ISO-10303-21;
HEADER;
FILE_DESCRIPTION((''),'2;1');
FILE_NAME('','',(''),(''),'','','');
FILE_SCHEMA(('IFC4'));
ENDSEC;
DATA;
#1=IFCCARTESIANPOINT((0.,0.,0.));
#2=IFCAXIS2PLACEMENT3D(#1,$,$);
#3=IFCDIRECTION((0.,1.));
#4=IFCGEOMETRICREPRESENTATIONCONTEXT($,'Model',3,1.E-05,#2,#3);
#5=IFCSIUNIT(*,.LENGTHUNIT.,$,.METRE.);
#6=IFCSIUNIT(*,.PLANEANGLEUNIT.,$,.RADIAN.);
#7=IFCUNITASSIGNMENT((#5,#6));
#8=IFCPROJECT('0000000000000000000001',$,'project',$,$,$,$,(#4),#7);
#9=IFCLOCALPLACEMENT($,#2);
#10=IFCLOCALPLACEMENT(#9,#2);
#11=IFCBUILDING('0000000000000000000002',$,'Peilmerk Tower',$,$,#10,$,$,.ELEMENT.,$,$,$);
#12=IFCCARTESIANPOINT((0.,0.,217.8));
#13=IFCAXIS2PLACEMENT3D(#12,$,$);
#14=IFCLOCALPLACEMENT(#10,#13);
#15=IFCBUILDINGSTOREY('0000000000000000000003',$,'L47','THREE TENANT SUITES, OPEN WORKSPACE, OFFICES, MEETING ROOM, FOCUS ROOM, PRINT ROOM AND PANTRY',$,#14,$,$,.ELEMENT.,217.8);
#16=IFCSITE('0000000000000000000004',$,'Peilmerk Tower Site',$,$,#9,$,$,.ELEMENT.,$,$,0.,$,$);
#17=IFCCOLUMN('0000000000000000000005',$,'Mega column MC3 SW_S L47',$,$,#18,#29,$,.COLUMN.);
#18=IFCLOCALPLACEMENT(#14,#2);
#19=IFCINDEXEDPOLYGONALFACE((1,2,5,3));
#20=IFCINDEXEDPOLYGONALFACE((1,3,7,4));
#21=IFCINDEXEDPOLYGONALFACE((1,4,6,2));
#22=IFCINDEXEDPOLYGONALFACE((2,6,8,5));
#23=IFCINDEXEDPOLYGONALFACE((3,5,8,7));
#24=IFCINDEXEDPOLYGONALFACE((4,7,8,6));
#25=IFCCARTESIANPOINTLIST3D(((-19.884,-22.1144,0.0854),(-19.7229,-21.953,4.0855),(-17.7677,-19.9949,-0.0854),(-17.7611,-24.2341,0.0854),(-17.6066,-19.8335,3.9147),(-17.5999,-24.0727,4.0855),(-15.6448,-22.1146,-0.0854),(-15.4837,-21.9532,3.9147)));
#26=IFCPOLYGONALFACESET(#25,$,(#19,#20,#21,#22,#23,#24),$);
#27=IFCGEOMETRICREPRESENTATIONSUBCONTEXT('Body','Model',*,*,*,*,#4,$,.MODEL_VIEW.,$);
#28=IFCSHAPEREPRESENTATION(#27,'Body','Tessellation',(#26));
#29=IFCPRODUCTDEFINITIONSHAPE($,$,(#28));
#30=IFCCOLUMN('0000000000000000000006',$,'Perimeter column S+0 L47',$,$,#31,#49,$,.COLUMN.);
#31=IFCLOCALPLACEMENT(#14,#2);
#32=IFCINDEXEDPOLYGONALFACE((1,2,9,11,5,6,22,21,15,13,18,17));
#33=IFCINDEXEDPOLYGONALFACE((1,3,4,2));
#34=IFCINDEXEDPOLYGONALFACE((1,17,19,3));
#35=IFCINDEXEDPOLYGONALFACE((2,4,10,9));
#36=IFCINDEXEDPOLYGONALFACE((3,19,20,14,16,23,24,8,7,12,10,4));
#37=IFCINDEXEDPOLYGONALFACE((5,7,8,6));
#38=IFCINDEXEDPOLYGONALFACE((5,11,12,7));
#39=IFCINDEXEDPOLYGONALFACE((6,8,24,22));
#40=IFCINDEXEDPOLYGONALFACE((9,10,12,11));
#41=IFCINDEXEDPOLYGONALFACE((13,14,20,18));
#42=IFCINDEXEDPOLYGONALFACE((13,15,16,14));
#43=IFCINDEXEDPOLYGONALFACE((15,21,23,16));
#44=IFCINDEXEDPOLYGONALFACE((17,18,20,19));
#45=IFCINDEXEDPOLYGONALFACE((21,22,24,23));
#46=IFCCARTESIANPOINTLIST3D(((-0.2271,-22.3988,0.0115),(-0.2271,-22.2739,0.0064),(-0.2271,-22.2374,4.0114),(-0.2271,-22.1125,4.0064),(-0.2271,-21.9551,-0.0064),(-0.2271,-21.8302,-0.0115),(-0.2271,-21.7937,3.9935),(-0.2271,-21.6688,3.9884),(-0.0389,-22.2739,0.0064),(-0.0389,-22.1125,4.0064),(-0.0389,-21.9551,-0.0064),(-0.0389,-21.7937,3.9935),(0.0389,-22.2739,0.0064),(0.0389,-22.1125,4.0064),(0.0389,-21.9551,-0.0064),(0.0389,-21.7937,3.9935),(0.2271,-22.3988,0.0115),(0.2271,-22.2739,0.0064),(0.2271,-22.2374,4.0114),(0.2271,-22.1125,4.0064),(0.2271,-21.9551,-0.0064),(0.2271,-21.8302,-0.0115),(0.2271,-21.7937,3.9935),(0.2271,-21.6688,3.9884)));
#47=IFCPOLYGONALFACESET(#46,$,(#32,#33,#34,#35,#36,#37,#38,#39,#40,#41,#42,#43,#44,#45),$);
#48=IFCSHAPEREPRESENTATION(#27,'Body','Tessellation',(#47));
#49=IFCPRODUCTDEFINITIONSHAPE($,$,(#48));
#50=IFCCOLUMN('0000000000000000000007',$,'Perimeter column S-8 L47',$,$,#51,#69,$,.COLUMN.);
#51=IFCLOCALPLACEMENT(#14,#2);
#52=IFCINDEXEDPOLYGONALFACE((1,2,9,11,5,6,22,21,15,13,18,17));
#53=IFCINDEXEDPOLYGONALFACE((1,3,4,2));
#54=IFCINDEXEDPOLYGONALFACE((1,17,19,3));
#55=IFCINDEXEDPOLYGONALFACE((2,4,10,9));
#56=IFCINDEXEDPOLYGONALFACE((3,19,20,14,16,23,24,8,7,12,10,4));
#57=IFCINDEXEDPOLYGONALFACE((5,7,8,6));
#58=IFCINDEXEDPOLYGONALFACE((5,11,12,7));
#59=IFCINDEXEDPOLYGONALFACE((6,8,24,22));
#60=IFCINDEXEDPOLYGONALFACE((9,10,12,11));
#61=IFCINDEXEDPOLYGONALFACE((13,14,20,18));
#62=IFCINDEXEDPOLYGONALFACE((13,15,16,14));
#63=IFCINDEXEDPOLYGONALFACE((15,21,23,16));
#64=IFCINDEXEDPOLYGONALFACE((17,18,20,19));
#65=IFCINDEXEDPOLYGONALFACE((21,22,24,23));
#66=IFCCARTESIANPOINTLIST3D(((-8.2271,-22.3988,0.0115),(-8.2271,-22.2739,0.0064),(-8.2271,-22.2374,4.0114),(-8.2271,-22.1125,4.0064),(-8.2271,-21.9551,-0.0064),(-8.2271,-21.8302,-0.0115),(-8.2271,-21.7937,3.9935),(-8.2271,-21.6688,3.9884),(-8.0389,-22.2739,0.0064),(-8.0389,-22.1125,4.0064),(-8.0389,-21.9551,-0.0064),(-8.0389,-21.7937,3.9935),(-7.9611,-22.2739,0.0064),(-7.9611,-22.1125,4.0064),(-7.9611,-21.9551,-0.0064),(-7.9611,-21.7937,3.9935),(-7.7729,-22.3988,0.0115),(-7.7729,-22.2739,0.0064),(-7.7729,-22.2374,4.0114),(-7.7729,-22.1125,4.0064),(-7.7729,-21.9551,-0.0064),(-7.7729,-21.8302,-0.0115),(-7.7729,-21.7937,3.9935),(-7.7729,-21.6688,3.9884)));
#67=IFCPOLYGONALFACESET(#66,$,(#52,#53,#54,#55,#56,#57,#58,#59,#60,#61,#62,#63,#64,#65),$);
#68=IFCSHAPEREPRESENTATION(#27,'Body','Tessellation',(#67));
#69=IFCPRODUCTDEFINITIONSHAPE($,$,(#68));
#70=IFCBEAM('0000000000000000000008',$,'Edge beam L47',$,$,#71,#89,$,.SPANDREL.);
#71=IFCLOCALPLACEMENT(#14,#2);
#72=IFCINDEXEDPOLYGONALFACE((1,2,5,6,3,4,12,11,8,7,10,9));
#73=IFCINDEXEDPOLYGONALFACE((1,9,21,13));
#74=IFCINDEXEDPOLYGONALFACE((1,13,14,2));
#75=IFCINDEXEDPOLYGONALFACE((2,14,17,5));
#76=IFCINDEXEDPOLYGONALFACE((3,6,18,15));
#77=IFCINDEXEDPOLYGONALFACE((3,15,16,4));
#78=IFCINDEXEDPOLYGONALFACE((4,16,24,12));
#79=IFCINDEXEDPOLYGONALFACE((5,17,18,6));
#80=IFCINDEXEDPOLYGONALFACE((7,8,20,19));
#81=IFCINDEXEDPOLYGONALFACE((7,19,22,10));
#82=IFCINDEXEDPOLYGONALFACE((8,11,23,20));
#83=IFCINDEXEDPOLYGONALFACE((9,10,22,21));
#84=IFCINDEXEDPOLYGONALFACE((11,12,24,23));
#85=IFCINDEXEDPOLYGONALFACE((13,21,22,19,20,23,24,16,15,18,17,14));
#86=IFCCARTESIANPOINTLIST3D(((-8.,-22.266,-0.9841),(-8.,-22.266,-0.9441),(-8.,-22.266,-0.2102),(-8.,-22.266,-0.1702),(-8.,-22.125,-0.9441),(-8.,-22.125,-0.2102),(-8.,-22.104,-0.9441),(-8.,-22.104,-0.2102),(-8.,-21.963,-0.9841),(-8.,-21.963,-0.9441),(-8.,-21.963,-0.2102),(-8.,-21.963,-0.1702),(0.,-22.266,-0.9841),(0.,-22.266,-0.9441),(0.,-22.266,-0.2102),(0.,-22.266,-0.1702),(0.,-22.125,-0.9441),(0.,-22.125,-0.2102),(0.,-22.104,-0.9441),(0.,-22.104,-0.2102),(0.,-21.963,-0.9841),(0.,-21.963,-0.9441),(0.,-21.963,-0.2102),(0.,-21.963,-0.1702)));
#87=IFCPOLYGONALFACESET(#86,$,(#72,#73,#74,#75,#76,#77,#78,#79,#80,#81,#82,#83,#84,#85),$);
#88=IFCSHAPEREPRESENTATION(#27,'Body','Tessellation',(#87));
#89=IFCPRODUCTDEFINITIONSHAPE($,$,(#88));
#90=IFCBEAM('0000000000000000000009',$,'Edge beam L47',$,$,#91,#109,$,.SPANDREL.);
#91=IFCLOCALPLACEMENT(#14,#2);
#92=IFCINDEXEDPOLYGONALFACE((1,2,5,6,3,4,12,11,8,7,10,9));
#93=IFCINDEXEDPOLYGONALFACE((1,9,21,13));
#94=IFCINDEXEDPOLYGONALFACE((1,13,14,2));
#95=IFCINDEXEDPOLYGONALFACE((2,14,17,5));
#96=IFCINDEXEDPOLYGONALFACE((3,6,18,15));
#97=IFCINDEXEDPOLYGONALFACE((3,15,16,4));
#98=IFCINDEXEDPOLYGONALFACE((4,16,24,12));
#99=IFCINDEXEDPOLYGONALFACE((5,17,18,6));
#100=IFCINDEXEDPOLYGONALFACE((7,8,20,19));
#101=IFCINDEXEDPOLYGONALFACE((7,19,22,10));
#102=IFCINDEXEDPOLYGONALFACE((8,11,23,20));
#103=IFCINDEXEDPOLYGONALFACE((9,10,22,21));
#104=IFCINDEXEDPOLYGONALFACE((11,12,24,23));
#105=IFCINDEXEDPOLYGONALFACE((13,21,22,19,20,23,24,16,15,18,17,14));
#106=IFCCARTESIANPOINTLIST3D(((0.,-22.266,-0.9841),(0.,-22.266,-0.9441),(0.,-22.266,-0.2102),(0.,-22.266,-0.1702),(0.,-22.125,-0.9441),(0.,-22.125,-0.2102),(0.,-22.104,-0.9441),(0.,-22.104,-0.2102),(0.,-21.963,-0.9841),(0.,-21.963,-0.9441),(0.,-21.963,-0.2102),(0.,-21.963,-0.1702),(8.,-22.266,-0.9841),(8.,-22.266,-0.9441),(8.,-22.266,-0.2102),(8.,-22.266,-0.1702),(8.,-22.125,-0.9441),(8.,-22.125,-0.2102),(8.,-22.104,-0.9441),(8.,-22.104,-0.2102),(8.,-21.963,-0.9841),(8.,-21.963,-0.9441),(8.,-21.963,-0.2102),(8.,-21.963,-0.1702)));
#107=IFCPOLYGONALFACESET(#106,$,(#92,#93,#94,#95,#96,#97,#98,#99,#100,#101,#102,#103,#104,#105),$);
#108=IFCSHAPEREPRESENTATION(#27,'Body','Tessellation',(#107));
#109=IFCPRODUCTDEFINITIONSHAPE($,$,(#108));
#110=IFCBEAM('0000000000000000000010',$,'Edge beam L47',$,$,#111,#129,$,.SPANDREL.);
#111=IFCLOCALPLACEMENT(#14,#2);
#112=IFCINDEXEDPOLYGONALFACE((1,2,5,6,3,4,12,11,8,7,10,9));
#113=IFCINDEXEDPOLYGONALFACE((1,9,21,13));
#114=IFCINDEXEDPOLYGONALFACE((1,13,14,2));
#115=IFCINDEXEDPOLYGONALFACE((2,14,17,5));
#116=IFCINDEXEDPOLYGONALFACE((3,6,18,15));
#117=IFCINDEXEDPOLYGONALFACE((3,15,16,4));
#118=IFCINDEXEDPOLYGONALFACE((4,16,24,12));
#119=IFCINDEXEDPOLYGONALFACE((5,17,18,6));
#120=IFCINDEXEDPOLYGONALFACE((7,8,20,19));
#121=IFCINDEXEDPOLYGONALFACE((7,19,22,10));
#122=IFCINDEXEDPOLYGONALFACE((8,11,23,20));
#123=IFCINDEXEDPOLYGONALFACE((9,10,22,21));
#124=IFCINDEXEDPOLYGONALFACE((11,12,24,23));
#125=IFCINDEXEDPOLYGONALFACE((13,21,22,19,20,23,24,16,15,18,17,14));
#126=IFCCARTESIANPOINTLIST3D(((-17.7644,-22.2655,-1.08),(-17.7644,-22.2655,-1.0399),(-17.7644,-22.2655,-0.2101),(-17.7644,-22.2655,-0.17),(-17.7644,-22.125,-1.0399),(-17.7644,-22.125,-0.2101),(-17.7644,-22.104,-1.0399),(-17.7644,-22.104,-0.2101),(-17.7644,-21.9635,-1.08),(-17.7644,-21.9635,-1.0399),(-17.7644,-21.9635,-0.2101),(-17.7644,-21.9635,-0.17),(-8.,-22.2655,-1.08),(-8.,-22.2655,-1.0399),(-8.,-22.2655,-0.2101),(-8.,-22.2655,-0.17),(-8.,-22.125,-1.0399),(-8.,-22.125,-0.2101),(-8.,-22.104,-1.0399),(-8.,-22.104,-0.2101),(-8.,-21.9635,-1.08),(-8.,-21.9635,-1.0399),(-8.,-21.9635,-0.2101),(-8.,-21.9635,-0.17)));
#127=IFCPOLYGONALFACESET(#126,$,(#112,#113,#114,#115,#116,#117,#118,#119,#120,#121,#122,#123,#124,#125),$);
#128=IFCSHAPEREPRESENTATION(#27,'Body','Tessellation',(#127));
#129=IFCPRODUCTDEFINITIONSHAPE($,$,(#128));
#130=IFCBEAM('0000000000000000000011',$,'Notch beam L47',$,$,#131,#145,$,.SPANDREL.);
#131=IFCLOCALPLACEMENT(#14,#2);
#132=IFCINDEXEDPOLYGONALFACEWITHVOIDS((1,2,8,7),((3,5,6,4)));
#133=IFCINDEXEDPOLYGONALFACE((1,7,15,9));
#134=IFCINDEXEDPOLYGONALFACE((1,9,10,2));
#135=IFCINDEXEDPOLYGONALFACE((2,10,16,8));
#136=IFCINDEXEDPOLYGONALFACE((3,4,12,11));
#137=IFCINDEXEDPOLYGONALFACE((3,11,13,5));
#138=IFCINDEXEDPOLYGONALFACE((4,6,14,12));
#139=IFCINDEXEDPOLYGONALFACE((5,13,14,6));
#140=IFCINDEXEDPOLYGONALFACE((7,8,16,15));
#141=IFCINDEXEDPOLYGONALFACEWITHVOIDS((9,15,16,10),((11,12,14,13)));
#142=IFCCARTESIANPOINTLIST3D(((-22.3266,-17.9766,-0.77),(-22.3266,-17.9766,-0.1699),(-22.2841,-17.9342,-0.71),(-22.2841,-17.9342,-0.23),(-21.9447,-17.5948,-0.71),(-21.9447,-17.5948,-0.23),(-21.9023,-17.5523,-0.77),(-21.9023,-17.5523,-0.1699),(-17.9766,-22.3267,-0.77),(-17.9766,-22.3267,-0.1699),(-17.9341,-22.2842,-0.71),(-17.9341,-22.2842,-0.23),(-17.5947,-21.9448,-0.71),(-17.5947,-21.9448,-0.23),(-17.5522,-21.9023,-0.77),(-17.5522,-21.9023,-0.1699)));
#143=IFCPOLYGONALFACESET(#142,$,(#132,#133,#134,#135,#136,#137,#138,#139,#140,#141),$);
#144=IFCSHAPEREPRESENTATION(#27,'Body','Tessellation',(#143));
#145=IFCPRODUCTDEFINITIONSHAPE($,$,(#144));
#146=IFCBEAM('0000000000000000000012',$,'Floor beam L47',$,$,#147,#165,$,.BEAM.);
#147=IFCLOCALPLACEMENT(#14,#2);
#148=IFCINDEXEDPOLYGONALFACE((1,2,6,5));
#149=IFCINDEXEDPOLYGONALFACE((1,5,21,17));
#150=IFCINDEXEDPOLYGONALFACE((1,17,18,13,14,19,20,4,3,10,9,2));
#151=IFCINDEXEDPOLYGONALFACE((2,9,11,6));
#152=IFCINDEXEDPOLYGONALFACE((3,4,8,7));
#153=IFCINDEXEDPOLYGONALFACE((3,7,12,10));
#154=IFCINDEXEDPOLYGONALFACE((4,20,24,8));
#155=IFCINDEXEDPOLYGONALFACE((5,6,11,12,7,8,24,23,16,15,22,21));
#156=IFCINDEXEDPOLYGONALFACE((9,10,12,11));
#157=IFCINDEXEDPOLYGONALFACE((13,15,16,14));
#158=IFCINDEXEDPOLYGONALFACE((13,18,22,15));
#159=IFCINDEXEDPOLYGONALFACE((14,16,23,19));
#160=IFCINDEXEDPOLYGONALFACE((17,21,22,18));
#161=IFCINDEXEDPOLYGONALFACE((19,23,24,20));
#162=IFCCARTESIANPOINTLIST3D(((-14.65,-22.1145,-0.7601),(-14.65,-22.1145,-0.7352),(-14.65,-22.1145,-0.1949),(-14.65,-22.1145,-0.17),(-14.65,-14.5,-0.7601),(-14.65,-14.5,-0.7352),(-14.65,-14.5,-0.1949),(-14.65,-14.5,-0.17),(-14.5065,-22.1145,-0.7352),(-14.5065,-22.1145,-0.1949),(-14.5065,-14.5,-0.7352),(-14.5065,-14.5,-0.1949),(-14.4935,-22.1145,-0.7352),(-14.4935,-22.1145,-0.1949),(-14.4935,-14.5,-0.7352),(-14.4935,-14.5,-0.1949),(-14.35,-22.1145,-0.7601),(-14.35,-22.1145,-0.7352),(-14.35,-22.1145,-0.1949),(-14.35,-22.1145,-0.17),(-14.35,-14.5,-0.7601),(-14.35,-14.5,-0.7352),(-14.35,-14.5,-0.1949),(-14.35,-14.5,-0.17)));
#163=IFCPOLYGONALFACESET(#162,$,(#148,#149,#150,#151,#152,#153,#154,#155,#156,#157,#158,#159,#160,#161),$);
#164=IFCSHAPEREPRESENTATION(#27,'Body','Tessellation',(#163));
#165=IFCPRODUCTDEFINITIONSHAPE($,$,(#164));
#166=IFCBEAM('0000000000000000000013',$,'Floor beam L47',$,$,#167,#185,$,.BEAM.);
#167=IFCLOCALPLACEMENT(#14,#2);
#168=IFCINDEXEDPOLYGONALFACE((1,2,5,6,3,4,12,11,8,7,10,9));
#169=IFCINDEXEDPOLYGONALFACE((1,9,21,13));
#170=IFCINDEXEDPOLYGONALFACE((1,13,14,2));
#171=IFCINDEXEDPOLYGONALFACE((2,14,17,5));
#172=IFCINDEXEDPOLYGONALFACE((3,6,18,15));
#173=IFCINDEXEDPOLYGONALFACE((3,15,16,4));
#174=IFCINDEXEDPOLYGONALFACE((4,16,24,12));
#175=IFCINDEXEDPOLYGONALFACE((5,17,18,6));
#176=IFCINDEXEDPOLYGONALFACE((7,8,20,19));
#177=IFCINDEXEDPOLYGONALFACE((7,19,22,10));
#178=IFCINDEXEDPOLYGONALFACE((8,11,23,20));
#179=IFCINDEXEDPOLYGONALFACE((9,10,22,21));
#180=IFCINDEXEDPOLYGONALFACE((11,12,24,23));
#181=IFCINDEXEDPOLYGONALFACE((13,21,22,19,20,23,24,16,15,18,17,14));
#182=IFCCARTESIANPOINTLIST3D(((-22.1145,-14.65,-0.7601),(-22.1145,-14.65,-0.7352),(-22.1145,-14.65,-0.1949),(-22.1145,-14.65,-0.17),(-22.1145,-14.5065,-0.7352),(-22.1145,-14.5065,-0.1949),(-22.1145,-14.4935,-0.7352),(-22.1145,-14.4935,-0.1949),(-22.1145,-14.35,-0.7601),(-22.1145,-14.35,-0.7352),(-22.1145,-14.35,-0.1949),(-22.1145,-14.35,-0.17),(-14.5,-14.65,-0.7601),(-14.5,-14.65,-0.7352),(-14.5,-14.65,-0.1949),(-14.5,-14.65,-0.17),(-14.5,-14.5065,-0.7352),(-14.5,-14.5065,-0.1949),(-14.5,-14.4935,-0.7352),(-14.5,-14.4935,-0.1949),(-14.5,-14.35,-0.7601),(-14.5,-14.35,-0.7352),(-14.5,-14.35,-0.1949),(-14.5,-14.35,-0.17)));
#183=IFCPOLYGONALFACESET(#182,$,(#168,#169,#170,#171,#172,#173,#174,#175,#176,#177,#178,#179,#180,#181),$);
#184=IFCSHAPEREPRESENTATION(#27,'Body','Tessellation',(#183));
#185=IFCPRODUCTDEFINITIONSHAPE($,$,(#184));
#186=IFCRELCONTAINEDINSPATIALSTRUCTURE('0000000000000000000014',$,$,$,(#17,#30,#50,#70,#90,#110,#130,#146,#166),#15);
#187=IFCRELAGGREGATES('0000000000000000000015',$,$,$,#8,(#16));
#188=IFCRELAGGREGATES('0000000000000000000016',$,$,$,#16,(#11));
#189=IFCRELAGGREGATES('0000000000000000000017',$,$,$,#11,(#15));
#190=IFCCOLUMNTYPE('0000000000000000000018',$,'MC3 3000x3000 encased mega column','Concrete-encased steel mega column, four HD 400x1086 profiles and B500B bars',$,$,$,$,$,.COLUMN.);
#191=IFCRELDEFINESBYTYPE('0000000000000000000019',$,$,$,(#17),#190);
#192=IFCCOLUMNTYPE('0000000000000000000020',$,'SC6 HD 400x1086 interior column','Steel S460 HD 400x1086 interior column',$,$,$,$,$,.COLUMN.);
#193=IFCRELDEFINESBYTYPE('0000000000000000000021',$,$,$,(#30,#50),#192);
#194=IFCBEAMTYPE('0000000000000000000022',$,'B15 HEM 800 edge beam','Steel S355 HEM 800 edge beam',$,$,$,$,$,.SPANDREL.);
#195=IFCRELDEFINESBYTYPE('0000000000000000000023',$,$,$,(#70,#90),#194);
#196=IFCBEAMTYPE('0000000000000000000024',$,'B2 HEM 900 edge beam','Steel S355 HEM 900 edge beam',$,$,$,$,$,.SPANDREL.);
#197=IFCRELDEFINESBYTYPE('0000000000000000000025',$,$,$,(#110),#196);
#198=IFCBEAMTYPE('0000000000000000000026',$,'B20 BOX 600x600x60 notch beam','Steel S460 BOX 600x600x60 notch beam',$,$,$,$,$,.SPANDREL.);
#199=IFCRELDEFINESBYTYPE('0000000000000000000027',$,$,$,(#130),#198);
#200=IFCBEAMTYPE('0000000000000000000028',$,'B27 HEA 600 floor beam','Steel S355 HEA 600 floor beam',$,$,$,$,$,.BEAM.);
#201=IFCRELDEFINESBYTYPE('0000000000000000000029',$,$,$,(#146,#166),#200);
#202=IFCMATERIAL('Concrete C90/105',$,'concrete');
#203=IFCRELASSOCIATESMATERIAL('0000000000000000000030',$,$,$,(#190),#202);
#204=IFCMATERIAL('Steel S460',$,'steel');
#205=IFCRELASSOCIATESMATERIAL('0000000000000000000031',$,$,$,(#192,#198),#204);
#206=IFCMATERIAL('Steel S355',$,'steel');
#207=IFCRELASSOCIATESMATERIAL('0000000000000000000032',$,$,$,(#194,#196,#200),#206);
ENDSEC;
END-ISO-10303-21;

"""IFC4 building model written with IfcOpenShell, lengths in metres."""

from ifc_helpers import new_model, si_unit, direction, frame, origin, origin_2d, place, context, subcontext, project, spatial, rectangle, hollow_rectangle, i_section, extrude, material, material_profile, profile_set, type_object, element, save


model = new_model("IFC4")

# Units and contexts
model_context = context("Model", 3, precision=1e-05, world=origin(), true_north=direction((0.0, 1.0)))
body_context = subcontext(model_context, "Body", "Model", "MODEL_VIEW")
ifc_project = project(units=[si_unit("LENGTHUNIT", "METRE"), si_unit("PLANEANGLEUNIT", "RADIAN")], contexts=[model_context])

# Site, building, storey
site_placement = place(None, origin())
site = spatial("IfcSite", under=ifc_project, at=site_placement, Name="Peilmerk Tower Site", CompositionType="ELEMENT", RefElevation=0.0)
building_placement = place(site_placement, origin())
building = spatial("IfcBuilding", under=site, at=building_placement, Name="Peilmerk Tower", CompositionType="ELEMENT")
storey_placement = place(building_placement, frame((0.0, 0.0, 217.8)))
storey = spatial("IfcBuildingStorey", under=building, at=storey_placement, Name="L47", Description="THREE TENANT SUITES, OPEN WORKSPACE, OFFICES, MEETING ROOM, FOCUS ROOM, PRINT ROOM AND PANTRY", CompositionType="ELEMENT", Elevation=217.8)

# Columns
ifc_material_1 = material(Name="Concrete C90/105", Category="concrete")
ifc_material_profile_1 = material_profile(ifc_material_1, rectangle(XDim=3.0, YDim=3.0, at=origin_2d()), Name="RC 3000x3000")
ifc_profile_set_1 = profile_set([ifc_material_profile_1], Name="Concrete C90/105")
column_type_1 = type_object("IfcColumnType", Name="MC3 3000x3000 encased mega column", Description="Concrete-encased steel mega column, four HD 400x1086 profiles and B500B bars", PredefinedType="COLUMN", material=ifc_profile_set_1)
column_placement = place(storey_placement, frame((-17.7644, -22.1145, 0.0), z_axis=(0.040218, 0.040279, 0.998379), x_axis=(-0.707642, 0.706571, 0.0)))
element("IfcColumn", 1, at=column_placement, inside=storey, type_object=column_type_1, Name="Mega column MC3 SW_S L47", PredefinedType="COLUMN", context=body_context, shape_type="SweptSolid", body=[
    extrude(rectangle(XDim=3.0, YDim=3.0, at=origin_2d()), origin(), (0.0, 0.0, 1.0), 4.0066),
])
ifc_material_2 = material(Name="Steel S460", Category="steel")
ifc_material_profile_2 = material_profile(ifc_material_2, i_section(OverallWidth=0.4541, OverallDepth=0.5691, WebThickness=0.0779, FlangeThickness=0.125, at=origin_2d()), Name="HD 400x1086")
ifc_profile_set_2 = profile_set([ifc_material_profile_2], Name="Steel S460")
column_type_2 = type_object("IfcColumnType", Name="SC6 HD 400x1086 interior column", Description="Steel S460 HD 400x1086 interior column", PredefinedType="COLUMN", material=ifc_profile_set_2)
for number, where, z_axis, x_axis, name in (
    (2, (0.0, -22.1145, 0.0), (0.0, 0.040311, 0.999187), (-1.0, 0.0, 0.0), "Perimeter column S+0 L47"),
    (3, (-8.0, -22.1145, 0.0), (0.0, 0.040311, 0.999187), (-1.0, 0.0, 0.0), "Perimeter column S-8 L47"),
):
    element("IfcColumn", number, at=place(storey_placement, frame(where, z_axis=z_axis, x_axis=x_axis)), inside=storey, type_object=column_type_2, Name=name, PredefinedType="COLUMN", context=body_context, shape_type="SweptSolid", body=[
        extrude(i_section(OverallWidth=0.4541, OverallDepth=0.5691, WebThickness=0.0779, FlangeThickness=0.125, at=origin_2d()), origin(), (0.0, 0.0, 1.0), 4.0032),
    ])

# Beams
ifc_material_3 = material(Name="Steel S355", Category="steel")
ifc_material_profile_3 = material_profile(ifc_material_3, i_section(OverallWidth=0.303, OverallDepth=0.814, WebThickness=0.021, FlangeThickness=0.04, at=origin_2d()), Name="HEM 800")
ifc_profile_set_3 = profile_set([ifc_material_profile_3], Name="Steel S355")
beam_type_1 = type_object("IfcBeamType", Name="B15 HEM 800 edge beam", Description="Steel S355 HEM 800 edge beam", PredefinedType="SPANDREL", material=ifc_profile_set_3)
for number, where, z_axis, x_axis, name in (
    (4, (-8.0, -22.1145, -0.5771), (1.0, 0.0, 0.0), (0.0, 1.0, 0.0), "Edge beam L47"),
    (5, (0.0, -22.1145, -0.5771), (1.0, 0.0, 0.0), (0.0, 1.0, 0.0), "Edge beam L47"),
):
    element("IfcBeam", number, at=place(storey_placement, frame(where, z_axis=z_axis, x_axis=x_axis)), inside=storey, type_object=beam_type_1, Name=name, PredefinedType="SPANDREL", context=body_context, shape_type="SweptSolid", body=[
        extrude(i_section(OverallWidth=0.303, OverallDepth=0.814, WebThickness=0.021, FlangeThickness=0.04, at=origin_2d()), origin(), (0.0, 0.0, 1.0), 8.0),
    ])
ifc_material_profile_4 = material_profile(ifc_material_3, i_section(OverallWidth=0.302, OverallDepth=0.9099, WebThickness=0.021, FlangeThickness=0.04, at=origin_2d()), Name="HEM 900")
ifc_profile_set_4 = profile_set([ifc_material_profile_4], Name="Steel S355")
beam_type_2 = type_object("IfcBeamType", Name="B2 HEM 900 edge beam", Description="Steel S355 HEM 900 edge beam", PredefinedType="SPANDREL", material=ifc_profile_set_4)
beam_1_placement = place(storey_placement, frame((-17.7644, -22.1145, -0.625), z_axis=(1.0, 0.0, 0.0), x_axis=(0.0, 1.0, 0.0)))
element("IfcBeam", 6, at=beam_1_placement, inside=storey, type_object=beam_type_2, Name="Edge beam L47", PredefinedType="SPANDREL", context=body_context, shape_type="SweptSolid", body=[
    extrude(i_section(OverallWidth=0.302, OverallDepth=0.9099, WebThickness=0.021, FlangeThickness=0.04, at=origin_2d()), origin(), (0.0, 0.0, 1.0), 9.7644),
])
ifc_material_profile_5 = material_profile(ifc_material_2, hollow_rectangle(XDim=0.6001, YDim=0.6001, WallThickness=0.0601, at=origin_2d()), Name="BOX 600x600x60")
ifc_profile_set_5 = profile_set([ifc_material_profile_5], Name="Steel S460")
beam_type_3 = type_object("IfcBeamType", Name="B20 BOX 600x600x60 notch beam", Description="Steel S460 BOX 600x600x60 notch beam", PredefinedType="SPANDREL", material=ifc_profile_set_5)
beam_2_placement = place(storey_placement, frame((-17.7644, -22.1145, -0.47), z_axis=(-0.707107, 0.707107, 0.0), x_axis=(-0.707107, -0.707107, 0.0)))
element("IfcBeam", 7, at=beam_2_placement, inside=storey, type_object=beam_type_3, Name="Notch beam L47", PredefinedType="SPANDREL", context=body_context, shape_type="SweptSolid", body=[
    extrude(hollow_rectangle(XDim=0.6001, YDim=0.6001, WallThickness=0.0601, at=origin_2d()), origin(), (0.0, 0.0, 1.0), 6.1519),
])
ifc_material_profile_6 = material_profile(ifc_material_3, i_section(OverallWidth=0.3, OverallDepth=0.5901, WebThickness=0.0129, FlangeThickness=0.0249, at=origin_2d()), Name="HEA 600")
ifc_profile_set_6 = profile_set([ifc_material_profile_6], Name="Steel S355")
beam_type_4 = type_object("IfcBeamType", Name="B27 HEA 600 floor beam", Description="Steel S355 HEA 600 floor beam", PredefinedType="BEAM", material=ifc_profile_set_6)
for number, where, z_axis, x_axis, name in (
    (8, (-14.5, -14.5, -0.4651), (0.0, -1.0, 0.0), (1.0, 0.0, 0.0), "Floor beam L47"),
    (9, (-14.5, -14.5, -0.4651), (-1.0, 0.0, 0.0), (0.0, -1.0, 0.0), "Floor beam L47"),
):
    element("IfcBeam", number, at=place(storey_placement, frame(where, z_axis=z_axis, x_axis=x_axis)), inside=storey, type_object=beam_type_4, Name=name, PredefinedType="BEAM", context=body_context, shape_type="SweptSolid", body=[
        extrude(i_section(OverallWidth=0.3, OverallDepth=0.5901, WebThickness=0.0129, FlangeThickness=0.0249, at=origin_2d()), origin(), (0.0, 0.0, 1.0), 7.6145),
    ])

save(model, "model.ifc")
